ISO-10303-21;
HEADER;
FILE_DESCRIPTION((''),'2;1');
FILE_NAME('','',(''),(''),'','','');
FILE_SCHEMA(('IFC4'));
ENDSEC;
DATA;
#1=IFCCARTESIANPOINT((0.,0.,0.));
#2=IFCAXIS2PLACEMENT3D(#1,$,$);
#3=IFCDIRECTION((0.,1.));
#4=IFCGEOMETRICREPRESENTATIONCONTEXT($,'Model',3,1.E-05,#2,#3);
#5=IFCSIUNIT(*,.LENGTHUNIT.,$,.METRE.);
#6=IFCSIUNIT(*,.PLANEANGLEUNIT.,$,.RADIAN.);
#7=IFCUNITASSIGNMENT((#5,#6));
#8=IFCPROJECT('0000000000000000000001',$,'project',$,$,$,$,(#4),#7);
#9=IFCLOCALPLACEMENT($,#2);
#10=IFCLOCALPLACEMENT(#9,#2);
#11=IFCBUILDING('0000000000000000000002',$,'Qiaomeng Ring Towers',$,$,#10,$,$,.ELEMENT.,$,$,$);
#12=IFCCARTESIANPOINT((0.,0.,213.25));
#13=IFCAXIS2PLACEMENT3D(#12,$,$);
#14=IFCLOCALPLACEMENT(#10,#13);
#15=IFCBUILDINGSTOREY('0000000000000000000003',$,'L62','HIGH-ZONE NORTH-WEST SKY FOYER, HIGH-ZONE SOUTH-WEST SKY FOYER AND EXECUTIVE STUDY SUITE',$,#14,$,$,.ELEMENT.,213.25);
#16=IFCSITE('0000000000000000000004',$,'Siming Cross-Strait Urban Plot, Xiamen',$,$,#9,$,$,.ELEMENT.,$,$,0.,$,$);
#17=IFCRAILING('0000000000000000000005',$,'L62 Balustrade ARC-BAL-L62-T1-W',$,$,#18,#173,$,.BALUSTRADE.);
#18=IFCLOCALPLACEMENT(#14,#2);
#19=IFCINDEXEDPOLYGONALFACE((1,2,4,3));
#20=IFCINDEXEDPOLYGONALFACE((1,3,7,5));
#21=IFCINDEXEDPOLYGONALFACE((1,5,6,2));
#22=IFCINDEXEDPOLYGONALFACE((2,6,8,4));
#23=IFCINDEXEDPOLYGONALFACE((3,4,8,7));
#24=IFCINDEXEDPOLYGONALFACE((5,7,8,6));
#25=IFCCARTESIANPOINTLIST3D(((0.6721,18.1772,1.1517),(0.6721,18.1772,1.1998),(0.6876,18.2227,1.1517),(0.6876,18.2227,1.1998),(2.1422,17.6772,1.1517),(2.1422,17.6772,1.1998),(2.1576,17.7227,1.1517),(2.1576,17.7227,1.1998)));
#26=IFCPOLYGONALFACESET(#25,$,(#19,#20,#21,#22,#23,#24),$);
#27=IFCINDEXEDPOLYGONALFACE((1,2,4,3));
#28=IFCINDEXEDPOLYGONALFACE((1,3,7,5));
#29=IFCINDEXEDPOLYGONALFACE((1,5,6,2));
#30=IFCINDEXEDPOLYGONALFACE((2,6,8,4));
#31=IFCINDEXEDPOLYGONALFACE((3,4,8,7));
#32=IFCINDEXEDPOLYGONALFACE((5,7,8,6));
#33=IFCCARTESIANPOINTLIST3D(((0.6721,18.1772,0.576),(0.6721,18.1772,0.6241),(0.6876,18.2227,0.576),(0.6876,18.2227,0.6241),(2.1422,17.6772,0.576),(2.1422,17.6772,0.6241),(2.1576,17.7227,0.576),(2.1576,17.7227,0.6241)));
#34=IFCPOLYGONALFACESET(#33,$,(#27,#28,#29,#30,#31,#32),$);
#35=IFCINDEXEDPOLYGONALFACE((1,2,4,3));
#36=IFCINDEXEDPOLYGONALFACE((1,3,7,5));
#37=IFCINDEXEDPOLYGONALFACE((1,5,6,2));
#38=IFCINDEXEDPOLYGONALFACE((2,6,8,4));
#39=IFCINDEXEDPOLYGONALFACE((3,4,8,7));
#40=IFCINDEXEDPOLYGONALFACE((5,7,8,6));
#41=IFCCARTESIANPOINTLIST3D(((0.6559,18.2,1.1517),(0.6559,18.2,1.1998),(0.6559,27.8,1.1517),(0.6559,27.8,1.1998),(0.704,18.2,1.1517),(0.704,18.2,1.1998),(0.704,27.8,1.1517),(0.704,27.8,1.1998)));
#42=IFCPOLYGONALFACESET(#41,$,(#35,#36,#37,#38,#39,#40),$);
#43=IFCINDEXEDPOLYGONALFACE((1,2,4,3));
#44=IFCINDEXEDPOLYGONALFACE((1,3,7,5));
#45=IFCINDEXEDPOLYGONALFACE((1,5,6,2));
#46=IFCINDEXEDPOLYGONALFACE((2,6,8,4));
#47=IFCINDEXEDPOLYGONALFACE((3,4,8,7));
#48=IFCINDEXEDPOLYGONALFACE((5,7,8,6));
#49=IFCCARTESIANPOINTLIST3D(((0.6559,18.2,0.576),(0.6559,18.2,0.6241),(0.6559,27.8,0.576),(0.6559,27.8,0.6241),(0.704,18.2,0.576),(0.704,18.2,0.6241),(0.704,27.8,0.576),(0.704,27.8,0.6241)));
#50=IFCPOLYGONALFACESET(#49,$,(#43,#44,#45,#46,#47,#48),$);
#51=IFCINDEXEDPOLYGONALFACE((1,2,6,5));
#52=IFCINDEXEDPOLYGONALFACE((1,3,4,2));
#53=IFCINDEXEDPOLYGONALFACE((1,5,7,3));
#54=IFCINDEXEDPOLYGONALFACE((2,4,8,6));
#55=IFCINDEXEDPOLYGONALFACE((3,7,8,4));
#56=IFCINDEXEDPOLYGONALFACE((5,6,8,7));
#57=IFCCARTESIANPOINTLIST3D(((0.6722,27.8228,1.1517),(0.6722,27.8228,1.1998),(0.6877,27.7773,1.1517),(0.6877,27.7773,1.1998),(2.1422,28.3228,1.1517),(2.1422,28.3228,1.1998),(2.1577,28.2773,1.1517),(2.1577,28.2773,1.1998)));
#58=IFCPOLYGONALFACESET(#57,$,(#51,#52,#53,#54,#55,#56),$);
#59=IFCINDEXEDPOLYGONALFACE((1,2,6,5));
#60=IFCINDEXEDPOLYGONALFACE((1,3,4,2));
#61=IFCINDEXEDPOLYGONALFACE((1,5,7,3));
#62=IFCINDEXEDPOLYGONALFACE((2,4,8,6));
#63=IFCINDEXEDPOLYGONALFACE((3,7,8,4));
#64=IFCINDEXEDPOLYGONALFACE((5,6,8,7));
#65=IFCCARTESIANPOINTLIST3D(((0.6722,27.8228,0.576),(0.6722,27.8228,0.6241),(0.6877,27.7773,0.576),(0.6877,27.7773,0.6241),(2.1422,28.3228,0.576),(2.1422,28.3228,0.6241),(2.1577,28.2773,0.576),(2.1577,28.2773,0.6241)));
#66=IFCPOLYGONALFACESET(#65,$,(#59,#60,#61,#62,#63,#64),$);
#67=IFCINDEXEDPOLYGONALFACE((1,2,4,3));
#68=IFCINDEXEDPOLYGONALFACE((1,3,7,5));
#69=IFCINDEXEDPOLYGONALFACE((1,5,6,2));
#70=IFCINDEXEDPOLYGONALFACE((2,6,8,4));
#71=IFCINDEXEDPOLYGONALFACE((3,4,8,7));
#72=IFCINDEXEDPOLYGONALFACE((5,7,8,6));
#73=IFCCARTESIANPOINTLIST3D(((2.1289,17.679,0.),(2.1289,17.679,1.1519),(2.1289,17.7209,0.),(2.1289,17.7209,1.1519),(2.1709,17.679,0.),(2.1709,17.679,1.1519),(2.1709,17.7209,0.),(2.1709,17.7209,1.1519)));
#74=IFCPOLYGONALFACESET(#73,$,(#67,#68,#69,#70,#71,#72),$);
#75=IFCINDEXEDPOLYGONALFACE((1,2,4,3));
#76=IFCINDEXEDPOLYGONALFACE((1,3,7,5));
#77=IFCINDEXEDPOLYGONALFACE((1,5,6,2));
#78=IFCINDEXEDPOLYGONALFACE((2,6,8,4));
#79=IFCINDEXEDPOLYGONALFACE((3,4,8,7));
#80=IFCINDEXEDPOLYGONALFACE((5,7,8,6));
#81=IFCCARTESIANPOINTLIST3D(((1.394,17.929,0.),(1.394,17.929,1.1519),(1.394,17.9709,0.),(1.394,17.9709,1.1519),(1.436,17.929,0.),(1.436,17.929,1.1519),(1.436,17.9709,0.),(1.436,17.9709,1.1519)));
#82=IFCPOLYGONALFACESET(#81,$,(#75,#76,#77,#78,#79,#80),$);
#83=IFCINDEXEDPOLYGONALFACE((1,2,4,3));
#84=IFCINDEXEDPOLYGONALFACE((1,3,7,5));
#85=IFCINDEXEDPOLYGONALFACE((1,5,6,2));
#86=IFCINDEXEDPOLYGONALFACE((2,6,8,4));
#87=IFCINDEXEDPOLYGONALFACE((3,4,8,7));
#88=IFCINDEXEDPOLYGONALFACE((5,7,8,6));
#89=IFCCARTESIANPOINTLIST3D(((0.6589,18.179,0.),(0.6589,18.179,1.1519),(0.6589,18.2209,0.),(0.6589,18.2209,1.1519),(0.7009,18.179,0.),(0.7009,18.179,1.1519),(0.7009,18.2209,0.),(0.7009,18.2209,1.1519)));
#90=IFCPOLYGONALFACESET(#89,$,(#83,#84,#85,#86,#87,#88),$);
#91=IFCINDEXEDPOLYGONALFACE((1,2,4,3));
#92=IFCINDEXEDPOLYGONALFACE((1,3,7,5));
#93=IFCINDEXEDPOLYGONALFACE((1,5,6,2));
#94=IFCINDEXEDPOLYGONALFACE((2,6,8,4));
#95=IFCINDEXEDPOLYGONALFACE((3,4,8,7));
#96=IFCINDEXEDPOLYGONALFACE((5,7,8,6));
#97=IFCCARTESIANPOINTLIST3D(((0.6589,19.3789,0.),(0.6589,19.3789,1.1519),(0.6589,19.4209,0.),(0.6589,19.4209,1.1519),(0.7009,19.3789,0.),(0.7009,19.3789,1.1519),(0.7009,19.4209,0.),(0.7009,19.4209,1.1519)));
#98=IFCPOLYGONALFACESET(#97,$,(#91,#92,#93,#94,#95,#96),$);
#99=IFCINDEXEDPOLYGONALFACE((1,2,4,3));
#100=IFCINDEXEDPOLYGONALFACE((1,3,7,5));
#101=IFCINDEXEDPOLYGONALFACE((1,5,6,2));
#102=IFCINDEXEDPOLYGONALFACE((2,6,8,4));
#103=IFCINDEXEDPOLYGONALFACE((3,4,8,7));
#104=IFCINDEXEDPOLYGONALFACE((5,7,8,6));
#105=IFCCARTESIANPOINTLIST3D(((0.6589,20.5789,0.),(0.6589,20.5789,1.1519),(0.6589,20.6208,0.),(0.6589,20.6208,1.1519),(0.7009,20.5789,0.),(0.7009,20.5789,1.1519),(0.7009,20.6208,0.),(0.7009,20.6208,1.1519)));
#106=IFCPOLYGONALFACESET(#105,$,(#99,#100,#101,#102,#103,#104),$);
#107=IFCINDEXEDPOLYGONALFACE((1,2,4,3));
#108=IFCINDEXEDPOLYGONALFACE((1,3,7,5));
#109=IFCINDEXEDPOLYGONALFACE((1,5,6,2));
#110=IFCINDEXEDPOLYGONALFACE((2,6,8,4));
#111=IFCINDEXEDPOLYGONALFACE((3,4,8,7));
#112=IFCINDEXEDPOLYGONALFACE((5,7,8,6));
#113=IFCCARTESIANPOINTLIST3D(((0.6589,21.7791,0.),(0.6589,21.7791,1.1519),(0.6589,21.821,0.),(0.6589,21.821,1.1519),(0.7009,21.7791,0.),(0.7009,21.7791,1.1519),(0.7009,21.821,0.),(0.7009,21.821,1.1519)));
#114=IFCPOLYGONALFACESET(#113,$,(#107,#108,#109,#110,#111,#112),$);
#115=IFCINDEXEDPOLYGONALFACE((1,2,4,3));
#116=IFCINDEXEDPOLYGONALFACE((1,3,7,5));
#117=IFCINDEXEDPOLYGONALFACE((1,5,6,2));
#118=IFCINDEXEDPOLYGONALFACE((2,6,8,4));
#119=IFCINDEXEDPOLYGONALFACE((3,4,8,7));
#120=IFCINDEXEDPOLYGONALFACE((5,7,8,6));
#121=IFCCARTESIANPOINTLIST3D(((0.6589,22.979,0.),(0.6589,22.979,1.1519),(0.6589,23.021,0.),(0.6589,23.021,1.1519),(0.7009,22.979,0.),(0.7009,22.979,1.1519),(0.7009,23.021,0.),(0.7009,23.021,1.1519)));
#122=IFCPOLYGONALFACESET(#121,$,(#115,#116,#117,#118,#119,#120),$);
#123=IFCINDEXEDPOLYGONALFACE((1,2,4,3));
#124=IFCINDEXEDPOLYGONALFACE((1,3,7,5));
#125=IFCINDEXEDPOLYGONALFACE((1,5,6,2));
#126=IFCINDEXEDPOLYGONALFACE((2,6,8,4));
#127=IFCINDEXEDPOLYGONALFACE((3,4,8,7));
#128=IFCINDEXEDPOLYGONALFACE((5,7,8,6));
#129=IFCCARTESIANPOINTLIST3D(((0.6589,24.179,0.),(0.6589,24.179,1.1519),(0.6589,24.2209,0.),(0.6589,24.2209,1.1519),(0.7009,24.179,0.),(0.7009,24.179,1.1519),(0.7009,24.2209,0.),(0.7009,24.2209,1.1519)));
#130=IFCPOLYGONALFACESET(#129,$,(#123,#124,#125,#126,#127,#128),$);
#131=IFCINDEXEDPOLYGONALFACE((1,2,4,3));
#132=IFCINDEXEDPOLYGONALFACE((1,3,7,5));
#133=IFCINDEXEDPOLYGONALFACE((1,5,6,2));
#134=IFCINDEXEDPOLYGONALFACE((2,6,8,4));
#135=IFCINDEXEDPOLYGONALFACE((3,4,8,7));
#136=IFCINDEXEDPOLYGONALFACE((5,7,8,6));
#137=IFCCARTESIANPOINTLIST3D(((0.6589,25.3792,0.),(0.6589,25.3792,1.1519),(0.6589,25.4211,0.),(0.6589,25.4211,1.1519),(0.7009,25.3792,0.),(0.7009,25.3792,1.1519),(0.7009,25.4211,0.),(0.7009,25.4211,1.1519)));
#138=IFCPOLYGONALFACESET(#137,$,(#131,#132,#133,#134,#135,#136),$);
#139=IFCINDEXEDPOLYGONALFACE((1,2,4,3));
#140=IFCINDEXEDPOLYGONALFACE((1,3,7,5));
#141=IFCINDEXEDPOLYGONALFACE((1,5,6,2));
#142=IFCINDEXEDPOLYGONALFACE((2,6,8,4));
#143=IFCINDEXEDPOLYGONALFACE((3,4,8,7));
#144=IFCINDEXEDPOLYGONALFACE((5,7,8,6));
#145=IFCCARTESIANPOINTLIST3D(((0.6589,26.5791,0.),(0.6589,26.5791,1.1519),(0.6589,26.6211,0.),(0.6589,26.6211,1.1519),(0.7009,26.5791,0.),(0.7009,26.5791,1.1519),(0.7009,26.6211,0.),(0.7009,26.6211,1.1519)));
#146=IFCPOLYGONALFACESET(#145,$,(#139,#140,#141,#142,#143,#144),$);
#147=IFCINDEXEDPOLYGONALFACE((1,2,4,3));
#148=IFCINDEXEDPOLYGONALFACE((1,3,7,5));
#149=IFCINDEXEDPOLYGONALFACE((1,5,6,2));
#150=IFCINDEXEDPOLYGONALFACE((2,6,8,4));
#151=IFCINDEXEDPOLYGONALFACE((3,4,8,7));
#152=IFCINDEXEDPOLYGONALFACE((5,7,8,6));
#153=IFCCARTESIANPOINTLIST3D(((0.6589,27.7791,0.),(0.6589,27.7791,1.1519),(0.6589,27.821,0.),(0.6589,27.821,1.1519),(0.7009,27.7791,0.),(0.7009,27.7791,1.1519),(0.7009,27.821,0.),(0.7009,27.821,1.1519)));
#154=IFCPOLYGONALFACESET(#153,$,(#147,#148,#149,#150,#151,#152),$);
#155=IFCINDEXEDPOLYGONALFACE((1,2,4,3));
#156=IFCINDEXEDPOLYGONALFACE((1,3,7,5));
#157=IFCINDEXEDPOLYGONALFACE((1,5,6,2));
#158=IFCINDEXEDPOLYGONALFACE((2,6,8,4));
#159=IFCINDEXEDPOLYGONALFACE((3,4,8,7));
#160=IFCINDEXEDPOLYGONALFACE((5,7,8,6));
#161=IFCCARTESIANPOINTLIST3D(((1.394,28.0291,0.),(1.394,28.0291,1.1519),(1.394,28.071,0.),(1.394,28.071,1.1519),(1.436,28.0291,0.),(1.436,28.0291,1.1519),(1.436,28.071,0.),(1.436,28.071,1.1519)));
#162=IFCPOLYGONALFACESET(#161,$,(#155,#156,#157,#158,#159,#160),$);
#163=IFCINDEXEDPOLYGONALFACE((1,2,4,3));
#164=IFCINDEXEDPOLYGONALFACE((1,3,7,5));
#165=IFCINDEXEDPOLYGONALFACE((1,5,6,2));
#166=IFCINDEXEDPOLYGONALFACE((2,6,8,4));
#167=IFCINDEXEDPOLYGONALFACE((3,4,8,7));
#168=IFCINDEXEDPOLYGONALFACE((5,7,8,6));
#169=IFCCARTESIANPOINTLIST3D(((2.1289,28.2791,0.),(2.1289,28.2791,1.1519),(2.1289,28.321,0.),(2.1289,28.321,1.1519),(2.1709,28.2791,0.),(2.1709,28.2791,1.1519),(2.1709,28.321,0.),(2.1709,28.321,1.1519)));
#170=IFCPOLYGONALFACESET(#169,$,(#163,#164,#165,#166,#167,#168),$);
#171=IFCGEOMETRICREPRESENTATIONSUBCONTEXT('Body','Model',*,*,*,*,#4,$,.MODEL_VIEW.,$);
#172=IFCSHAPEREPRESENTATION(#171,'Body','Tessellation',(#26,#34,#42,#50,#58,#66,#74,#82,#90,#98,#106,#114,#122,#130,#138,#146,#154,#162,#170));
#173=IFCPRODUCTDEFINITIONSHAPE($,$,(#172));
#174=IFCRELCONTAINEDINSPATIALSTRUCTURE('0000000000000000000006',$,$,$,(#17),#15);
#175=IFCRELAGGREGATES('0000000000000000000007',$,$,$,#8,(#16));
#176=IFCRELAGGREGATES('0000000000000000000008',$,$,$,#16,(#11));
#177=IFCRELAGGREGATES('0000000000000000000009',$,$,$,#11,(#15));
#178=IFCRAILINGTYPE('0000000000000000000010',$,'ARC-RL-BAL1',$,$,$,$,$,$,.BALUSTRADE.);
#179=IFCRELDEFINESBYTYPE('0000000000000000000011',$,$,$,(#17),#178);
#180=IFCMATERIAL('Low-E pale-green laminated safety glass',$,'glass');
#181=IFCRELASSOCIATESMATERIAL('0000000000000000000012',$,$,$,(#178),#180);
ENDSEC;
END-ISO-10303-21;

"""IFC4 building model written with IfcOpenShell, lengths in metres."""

from ifc_helpers import new_model, si_unit, direction, frame, origin, origin_2d, place, context, subcontext, project, spatial, rectangle, extrude, material, type_object, element, save


model = new_model("IFC4")

# Units and contexts
model_context = context("Model", 3, precision=1e-05, world=origin(), true_north=direction((0.0, 1.0)))
body_context = subcontext(model_context, "Body", "Model", "MODEL_VIEW")
ifc_project = project(units=[si_unit("LENGTHUNIT", "METRE"), si_unit("PLANEANGLEUNIT", "RADIAN")], contexts=[model_context])

# Site, building, storey
site_placement = place(None, origin())
site = spatial("IfcSite", under=ifc_project, at=site_placement, Name="Siming Cross-Strait Urban Plot, Xiamen", CompositionType="ELEMENT", RefElevation=0.0)
building_placement = place(site_placement, origin())
building = spatial("IfcBuilding", under=site, at=building_placement, Name="Qiaomeng Ring Towers", CompositionType="ELEMENT")
storey_placement = place(building_placement, frame((0.0, 0.0, 213.25)))
storey = spatial("IfcBuildingStorey", under=building, at=storey_placement, Name="L62", Description="HIGH-ZONE NORTH-WEST SKY FOYER, HIGH-ZONE SOUTH-WEST SKY FOYER AND EXECUTIVE STUDY SUITE", CompositionType="ELEMENT", Elevation=213.25)

# Railing
ifc_material_1 = material(Name="Low-E pale-green laminated safety glass", Category="glass")
railing_type = type_object("IfcRailingType", Name="ARC-RL-BAL1", PredefinedType="BALUSTRADE", material=ifc_material_1)
railing_placement = place(storey_placement, frame((2.1499, 17.7, 0.0)))
element("IfcRailing", 1, at=railing_placement, inside=storey, type_object=railing_type, Name="L62 Balustrade ARC-BAL-L62-T1-W", PredefinedType="BALUSTRADE", context=body_context, shape_type="SweptSolid", body=[
    extrude(rectangle(XDim=0.0481, YDim=0.0481, at=origin_2d()), frame((0.0, 0.0, 1.1758), z_axis=(-0.946732, 0.322024, 0.0), x_axis=(-0.322024, -0.946732, 0.0)), (0.0, 0.0, 1.0), 1.5527),
    extrude(rectangle(XDim=0.0481, YDim=0.0481, at=origin_2d()), frame((0.0, 0.0, 0.6001), z_axis=(-0.946732, 0.322024, 0.0), x_axis=(-0.322024, -0.946732, 0.0)), (0.0, 0.0, 1.0), 1.5527),
    extrude(rectangle(XDim=0.0481, YDim=0.0481, at=origin_2d()), frame((-1.47, 0.5, 1.1758), z_axis=(0.0, 1.0, 0.0), x_axis=(-1.0, 0.0, 0.0)), (0.0, 0.0, 1.0), 9.6001),
    extrude(rectangle(XDim=0.0481, YDim=0.0481, at=origin_2d()), frame((-1.47, 0.5, 0.6001), z_axis=(0.0, 1.0, 0.0), x_axis=(-1.0, 0.0, 0.0)), (0.0, 0.0, 1.0), 9.6001),
    extrude(rectangle(XDim=0.0481, YDim=0.0481, at=origin_2d()), frame((-1.47, 10.1001, 1.1758), z_axis=(0.946732, 0.322024, 0.0), x_axis=(-0.322024, 0.946732, 0.0)), (0.0, 0.0, 1.0), 1.5527),
    extrude(rectangle(XDim=0.0481, YDim=0.0481, at=origin_2d()), frame((-1.47, 10.1001, 0.6001), z_axis=(0.946732, 0.322024, 0.0), x_axis=(-0.322024, 0.946732, 0.0)), (0.0, 0.0, 1.0), 1.5527),
    extrude(rectangle(XDim=0.042, YDim=0.042, at=origin_2d()), origin(), (0.0, 0.0, 1.0), 1.1519),
    extrude(rectangle(XDim=0.042, YDim=0.042, at=origin_2d()), frame((-0.7349, 0.25, 0.0)), (0.0, 0.0, 1.0), 1.1519),
    extrude(rectangle(XDim=0.042, YDim=0.042, at=origin_2d()), frame((-1.47, 0.5, 0.0)), (0.0, 0.0, 1.0), 1.1519),
    extrude(rectangle(XDim=0.042, YDim=0.042, at=origin_2d()), frame((-1.47, 1.7, 0.0)), (0.0, 0.0, 1.0), 1.1519),
    extrude(rectangle(XDim=0.042, YDim=0.042, at=origin_2d()), frame((-1.47, 2.8999, 0.0)), (0.0, 0.0, 1.0), 1.1519),
    extrude(rectangle(XDim=0.042, YDim=0.042, at=origin_2d()), frame((-1.47, 4.1001, 0.0)), (0.0, 0.0, 1.0), 1.1519),
    extrude(rectangle(XDim=0.042, YDim=0.042, at=origin_2d()), frame((-1.47, 5.3, 0.0)), (0.0, 0.0, 1.0), 1.1519),
    extrude(rectangle(XDim=0.042, YDim=0.042, at=origin_2d()), frame((-1.47, 6.5, 0.0)), (0.0, 0.0, 1.0), 1.1519),
    extrude(rectangle(XDim=0.042, YDim=0.042, at=origin_2d()), frame((-1.47, 7.7002, 0.0)), (0.0, 0.0, 1.0), 1.1519),
    extrude(rectangle(XDim=0.042, YDim=0.042, at=origin_2d()), frame((-1.47, 8.9001, 0.0)), (0.0, 0.0, 1.0), 1.1519),
    extrude(rectangle(XDim=0.042, YDim=0.042, at=origin_2d()), frame((-1.47, 10.1001, 0.0)), (0.0, 0.0, 1.0), 1.1519),
    extrude(rectangle(XDim=0.042, YDim=0.042, at=origin_2d()), frame((-0.7349, 10.3501, 0.0)), (0.0, 0.0, 1.0), 1.1519),
    extrude(rectangle(XDim=0.042, YDim=0.042, at=origin_2d()), frame((0.0, 10.6001, 0.0)), (0.0, 0.0, 1.0), 1.1519),
])

save(model, "model.ifc")
